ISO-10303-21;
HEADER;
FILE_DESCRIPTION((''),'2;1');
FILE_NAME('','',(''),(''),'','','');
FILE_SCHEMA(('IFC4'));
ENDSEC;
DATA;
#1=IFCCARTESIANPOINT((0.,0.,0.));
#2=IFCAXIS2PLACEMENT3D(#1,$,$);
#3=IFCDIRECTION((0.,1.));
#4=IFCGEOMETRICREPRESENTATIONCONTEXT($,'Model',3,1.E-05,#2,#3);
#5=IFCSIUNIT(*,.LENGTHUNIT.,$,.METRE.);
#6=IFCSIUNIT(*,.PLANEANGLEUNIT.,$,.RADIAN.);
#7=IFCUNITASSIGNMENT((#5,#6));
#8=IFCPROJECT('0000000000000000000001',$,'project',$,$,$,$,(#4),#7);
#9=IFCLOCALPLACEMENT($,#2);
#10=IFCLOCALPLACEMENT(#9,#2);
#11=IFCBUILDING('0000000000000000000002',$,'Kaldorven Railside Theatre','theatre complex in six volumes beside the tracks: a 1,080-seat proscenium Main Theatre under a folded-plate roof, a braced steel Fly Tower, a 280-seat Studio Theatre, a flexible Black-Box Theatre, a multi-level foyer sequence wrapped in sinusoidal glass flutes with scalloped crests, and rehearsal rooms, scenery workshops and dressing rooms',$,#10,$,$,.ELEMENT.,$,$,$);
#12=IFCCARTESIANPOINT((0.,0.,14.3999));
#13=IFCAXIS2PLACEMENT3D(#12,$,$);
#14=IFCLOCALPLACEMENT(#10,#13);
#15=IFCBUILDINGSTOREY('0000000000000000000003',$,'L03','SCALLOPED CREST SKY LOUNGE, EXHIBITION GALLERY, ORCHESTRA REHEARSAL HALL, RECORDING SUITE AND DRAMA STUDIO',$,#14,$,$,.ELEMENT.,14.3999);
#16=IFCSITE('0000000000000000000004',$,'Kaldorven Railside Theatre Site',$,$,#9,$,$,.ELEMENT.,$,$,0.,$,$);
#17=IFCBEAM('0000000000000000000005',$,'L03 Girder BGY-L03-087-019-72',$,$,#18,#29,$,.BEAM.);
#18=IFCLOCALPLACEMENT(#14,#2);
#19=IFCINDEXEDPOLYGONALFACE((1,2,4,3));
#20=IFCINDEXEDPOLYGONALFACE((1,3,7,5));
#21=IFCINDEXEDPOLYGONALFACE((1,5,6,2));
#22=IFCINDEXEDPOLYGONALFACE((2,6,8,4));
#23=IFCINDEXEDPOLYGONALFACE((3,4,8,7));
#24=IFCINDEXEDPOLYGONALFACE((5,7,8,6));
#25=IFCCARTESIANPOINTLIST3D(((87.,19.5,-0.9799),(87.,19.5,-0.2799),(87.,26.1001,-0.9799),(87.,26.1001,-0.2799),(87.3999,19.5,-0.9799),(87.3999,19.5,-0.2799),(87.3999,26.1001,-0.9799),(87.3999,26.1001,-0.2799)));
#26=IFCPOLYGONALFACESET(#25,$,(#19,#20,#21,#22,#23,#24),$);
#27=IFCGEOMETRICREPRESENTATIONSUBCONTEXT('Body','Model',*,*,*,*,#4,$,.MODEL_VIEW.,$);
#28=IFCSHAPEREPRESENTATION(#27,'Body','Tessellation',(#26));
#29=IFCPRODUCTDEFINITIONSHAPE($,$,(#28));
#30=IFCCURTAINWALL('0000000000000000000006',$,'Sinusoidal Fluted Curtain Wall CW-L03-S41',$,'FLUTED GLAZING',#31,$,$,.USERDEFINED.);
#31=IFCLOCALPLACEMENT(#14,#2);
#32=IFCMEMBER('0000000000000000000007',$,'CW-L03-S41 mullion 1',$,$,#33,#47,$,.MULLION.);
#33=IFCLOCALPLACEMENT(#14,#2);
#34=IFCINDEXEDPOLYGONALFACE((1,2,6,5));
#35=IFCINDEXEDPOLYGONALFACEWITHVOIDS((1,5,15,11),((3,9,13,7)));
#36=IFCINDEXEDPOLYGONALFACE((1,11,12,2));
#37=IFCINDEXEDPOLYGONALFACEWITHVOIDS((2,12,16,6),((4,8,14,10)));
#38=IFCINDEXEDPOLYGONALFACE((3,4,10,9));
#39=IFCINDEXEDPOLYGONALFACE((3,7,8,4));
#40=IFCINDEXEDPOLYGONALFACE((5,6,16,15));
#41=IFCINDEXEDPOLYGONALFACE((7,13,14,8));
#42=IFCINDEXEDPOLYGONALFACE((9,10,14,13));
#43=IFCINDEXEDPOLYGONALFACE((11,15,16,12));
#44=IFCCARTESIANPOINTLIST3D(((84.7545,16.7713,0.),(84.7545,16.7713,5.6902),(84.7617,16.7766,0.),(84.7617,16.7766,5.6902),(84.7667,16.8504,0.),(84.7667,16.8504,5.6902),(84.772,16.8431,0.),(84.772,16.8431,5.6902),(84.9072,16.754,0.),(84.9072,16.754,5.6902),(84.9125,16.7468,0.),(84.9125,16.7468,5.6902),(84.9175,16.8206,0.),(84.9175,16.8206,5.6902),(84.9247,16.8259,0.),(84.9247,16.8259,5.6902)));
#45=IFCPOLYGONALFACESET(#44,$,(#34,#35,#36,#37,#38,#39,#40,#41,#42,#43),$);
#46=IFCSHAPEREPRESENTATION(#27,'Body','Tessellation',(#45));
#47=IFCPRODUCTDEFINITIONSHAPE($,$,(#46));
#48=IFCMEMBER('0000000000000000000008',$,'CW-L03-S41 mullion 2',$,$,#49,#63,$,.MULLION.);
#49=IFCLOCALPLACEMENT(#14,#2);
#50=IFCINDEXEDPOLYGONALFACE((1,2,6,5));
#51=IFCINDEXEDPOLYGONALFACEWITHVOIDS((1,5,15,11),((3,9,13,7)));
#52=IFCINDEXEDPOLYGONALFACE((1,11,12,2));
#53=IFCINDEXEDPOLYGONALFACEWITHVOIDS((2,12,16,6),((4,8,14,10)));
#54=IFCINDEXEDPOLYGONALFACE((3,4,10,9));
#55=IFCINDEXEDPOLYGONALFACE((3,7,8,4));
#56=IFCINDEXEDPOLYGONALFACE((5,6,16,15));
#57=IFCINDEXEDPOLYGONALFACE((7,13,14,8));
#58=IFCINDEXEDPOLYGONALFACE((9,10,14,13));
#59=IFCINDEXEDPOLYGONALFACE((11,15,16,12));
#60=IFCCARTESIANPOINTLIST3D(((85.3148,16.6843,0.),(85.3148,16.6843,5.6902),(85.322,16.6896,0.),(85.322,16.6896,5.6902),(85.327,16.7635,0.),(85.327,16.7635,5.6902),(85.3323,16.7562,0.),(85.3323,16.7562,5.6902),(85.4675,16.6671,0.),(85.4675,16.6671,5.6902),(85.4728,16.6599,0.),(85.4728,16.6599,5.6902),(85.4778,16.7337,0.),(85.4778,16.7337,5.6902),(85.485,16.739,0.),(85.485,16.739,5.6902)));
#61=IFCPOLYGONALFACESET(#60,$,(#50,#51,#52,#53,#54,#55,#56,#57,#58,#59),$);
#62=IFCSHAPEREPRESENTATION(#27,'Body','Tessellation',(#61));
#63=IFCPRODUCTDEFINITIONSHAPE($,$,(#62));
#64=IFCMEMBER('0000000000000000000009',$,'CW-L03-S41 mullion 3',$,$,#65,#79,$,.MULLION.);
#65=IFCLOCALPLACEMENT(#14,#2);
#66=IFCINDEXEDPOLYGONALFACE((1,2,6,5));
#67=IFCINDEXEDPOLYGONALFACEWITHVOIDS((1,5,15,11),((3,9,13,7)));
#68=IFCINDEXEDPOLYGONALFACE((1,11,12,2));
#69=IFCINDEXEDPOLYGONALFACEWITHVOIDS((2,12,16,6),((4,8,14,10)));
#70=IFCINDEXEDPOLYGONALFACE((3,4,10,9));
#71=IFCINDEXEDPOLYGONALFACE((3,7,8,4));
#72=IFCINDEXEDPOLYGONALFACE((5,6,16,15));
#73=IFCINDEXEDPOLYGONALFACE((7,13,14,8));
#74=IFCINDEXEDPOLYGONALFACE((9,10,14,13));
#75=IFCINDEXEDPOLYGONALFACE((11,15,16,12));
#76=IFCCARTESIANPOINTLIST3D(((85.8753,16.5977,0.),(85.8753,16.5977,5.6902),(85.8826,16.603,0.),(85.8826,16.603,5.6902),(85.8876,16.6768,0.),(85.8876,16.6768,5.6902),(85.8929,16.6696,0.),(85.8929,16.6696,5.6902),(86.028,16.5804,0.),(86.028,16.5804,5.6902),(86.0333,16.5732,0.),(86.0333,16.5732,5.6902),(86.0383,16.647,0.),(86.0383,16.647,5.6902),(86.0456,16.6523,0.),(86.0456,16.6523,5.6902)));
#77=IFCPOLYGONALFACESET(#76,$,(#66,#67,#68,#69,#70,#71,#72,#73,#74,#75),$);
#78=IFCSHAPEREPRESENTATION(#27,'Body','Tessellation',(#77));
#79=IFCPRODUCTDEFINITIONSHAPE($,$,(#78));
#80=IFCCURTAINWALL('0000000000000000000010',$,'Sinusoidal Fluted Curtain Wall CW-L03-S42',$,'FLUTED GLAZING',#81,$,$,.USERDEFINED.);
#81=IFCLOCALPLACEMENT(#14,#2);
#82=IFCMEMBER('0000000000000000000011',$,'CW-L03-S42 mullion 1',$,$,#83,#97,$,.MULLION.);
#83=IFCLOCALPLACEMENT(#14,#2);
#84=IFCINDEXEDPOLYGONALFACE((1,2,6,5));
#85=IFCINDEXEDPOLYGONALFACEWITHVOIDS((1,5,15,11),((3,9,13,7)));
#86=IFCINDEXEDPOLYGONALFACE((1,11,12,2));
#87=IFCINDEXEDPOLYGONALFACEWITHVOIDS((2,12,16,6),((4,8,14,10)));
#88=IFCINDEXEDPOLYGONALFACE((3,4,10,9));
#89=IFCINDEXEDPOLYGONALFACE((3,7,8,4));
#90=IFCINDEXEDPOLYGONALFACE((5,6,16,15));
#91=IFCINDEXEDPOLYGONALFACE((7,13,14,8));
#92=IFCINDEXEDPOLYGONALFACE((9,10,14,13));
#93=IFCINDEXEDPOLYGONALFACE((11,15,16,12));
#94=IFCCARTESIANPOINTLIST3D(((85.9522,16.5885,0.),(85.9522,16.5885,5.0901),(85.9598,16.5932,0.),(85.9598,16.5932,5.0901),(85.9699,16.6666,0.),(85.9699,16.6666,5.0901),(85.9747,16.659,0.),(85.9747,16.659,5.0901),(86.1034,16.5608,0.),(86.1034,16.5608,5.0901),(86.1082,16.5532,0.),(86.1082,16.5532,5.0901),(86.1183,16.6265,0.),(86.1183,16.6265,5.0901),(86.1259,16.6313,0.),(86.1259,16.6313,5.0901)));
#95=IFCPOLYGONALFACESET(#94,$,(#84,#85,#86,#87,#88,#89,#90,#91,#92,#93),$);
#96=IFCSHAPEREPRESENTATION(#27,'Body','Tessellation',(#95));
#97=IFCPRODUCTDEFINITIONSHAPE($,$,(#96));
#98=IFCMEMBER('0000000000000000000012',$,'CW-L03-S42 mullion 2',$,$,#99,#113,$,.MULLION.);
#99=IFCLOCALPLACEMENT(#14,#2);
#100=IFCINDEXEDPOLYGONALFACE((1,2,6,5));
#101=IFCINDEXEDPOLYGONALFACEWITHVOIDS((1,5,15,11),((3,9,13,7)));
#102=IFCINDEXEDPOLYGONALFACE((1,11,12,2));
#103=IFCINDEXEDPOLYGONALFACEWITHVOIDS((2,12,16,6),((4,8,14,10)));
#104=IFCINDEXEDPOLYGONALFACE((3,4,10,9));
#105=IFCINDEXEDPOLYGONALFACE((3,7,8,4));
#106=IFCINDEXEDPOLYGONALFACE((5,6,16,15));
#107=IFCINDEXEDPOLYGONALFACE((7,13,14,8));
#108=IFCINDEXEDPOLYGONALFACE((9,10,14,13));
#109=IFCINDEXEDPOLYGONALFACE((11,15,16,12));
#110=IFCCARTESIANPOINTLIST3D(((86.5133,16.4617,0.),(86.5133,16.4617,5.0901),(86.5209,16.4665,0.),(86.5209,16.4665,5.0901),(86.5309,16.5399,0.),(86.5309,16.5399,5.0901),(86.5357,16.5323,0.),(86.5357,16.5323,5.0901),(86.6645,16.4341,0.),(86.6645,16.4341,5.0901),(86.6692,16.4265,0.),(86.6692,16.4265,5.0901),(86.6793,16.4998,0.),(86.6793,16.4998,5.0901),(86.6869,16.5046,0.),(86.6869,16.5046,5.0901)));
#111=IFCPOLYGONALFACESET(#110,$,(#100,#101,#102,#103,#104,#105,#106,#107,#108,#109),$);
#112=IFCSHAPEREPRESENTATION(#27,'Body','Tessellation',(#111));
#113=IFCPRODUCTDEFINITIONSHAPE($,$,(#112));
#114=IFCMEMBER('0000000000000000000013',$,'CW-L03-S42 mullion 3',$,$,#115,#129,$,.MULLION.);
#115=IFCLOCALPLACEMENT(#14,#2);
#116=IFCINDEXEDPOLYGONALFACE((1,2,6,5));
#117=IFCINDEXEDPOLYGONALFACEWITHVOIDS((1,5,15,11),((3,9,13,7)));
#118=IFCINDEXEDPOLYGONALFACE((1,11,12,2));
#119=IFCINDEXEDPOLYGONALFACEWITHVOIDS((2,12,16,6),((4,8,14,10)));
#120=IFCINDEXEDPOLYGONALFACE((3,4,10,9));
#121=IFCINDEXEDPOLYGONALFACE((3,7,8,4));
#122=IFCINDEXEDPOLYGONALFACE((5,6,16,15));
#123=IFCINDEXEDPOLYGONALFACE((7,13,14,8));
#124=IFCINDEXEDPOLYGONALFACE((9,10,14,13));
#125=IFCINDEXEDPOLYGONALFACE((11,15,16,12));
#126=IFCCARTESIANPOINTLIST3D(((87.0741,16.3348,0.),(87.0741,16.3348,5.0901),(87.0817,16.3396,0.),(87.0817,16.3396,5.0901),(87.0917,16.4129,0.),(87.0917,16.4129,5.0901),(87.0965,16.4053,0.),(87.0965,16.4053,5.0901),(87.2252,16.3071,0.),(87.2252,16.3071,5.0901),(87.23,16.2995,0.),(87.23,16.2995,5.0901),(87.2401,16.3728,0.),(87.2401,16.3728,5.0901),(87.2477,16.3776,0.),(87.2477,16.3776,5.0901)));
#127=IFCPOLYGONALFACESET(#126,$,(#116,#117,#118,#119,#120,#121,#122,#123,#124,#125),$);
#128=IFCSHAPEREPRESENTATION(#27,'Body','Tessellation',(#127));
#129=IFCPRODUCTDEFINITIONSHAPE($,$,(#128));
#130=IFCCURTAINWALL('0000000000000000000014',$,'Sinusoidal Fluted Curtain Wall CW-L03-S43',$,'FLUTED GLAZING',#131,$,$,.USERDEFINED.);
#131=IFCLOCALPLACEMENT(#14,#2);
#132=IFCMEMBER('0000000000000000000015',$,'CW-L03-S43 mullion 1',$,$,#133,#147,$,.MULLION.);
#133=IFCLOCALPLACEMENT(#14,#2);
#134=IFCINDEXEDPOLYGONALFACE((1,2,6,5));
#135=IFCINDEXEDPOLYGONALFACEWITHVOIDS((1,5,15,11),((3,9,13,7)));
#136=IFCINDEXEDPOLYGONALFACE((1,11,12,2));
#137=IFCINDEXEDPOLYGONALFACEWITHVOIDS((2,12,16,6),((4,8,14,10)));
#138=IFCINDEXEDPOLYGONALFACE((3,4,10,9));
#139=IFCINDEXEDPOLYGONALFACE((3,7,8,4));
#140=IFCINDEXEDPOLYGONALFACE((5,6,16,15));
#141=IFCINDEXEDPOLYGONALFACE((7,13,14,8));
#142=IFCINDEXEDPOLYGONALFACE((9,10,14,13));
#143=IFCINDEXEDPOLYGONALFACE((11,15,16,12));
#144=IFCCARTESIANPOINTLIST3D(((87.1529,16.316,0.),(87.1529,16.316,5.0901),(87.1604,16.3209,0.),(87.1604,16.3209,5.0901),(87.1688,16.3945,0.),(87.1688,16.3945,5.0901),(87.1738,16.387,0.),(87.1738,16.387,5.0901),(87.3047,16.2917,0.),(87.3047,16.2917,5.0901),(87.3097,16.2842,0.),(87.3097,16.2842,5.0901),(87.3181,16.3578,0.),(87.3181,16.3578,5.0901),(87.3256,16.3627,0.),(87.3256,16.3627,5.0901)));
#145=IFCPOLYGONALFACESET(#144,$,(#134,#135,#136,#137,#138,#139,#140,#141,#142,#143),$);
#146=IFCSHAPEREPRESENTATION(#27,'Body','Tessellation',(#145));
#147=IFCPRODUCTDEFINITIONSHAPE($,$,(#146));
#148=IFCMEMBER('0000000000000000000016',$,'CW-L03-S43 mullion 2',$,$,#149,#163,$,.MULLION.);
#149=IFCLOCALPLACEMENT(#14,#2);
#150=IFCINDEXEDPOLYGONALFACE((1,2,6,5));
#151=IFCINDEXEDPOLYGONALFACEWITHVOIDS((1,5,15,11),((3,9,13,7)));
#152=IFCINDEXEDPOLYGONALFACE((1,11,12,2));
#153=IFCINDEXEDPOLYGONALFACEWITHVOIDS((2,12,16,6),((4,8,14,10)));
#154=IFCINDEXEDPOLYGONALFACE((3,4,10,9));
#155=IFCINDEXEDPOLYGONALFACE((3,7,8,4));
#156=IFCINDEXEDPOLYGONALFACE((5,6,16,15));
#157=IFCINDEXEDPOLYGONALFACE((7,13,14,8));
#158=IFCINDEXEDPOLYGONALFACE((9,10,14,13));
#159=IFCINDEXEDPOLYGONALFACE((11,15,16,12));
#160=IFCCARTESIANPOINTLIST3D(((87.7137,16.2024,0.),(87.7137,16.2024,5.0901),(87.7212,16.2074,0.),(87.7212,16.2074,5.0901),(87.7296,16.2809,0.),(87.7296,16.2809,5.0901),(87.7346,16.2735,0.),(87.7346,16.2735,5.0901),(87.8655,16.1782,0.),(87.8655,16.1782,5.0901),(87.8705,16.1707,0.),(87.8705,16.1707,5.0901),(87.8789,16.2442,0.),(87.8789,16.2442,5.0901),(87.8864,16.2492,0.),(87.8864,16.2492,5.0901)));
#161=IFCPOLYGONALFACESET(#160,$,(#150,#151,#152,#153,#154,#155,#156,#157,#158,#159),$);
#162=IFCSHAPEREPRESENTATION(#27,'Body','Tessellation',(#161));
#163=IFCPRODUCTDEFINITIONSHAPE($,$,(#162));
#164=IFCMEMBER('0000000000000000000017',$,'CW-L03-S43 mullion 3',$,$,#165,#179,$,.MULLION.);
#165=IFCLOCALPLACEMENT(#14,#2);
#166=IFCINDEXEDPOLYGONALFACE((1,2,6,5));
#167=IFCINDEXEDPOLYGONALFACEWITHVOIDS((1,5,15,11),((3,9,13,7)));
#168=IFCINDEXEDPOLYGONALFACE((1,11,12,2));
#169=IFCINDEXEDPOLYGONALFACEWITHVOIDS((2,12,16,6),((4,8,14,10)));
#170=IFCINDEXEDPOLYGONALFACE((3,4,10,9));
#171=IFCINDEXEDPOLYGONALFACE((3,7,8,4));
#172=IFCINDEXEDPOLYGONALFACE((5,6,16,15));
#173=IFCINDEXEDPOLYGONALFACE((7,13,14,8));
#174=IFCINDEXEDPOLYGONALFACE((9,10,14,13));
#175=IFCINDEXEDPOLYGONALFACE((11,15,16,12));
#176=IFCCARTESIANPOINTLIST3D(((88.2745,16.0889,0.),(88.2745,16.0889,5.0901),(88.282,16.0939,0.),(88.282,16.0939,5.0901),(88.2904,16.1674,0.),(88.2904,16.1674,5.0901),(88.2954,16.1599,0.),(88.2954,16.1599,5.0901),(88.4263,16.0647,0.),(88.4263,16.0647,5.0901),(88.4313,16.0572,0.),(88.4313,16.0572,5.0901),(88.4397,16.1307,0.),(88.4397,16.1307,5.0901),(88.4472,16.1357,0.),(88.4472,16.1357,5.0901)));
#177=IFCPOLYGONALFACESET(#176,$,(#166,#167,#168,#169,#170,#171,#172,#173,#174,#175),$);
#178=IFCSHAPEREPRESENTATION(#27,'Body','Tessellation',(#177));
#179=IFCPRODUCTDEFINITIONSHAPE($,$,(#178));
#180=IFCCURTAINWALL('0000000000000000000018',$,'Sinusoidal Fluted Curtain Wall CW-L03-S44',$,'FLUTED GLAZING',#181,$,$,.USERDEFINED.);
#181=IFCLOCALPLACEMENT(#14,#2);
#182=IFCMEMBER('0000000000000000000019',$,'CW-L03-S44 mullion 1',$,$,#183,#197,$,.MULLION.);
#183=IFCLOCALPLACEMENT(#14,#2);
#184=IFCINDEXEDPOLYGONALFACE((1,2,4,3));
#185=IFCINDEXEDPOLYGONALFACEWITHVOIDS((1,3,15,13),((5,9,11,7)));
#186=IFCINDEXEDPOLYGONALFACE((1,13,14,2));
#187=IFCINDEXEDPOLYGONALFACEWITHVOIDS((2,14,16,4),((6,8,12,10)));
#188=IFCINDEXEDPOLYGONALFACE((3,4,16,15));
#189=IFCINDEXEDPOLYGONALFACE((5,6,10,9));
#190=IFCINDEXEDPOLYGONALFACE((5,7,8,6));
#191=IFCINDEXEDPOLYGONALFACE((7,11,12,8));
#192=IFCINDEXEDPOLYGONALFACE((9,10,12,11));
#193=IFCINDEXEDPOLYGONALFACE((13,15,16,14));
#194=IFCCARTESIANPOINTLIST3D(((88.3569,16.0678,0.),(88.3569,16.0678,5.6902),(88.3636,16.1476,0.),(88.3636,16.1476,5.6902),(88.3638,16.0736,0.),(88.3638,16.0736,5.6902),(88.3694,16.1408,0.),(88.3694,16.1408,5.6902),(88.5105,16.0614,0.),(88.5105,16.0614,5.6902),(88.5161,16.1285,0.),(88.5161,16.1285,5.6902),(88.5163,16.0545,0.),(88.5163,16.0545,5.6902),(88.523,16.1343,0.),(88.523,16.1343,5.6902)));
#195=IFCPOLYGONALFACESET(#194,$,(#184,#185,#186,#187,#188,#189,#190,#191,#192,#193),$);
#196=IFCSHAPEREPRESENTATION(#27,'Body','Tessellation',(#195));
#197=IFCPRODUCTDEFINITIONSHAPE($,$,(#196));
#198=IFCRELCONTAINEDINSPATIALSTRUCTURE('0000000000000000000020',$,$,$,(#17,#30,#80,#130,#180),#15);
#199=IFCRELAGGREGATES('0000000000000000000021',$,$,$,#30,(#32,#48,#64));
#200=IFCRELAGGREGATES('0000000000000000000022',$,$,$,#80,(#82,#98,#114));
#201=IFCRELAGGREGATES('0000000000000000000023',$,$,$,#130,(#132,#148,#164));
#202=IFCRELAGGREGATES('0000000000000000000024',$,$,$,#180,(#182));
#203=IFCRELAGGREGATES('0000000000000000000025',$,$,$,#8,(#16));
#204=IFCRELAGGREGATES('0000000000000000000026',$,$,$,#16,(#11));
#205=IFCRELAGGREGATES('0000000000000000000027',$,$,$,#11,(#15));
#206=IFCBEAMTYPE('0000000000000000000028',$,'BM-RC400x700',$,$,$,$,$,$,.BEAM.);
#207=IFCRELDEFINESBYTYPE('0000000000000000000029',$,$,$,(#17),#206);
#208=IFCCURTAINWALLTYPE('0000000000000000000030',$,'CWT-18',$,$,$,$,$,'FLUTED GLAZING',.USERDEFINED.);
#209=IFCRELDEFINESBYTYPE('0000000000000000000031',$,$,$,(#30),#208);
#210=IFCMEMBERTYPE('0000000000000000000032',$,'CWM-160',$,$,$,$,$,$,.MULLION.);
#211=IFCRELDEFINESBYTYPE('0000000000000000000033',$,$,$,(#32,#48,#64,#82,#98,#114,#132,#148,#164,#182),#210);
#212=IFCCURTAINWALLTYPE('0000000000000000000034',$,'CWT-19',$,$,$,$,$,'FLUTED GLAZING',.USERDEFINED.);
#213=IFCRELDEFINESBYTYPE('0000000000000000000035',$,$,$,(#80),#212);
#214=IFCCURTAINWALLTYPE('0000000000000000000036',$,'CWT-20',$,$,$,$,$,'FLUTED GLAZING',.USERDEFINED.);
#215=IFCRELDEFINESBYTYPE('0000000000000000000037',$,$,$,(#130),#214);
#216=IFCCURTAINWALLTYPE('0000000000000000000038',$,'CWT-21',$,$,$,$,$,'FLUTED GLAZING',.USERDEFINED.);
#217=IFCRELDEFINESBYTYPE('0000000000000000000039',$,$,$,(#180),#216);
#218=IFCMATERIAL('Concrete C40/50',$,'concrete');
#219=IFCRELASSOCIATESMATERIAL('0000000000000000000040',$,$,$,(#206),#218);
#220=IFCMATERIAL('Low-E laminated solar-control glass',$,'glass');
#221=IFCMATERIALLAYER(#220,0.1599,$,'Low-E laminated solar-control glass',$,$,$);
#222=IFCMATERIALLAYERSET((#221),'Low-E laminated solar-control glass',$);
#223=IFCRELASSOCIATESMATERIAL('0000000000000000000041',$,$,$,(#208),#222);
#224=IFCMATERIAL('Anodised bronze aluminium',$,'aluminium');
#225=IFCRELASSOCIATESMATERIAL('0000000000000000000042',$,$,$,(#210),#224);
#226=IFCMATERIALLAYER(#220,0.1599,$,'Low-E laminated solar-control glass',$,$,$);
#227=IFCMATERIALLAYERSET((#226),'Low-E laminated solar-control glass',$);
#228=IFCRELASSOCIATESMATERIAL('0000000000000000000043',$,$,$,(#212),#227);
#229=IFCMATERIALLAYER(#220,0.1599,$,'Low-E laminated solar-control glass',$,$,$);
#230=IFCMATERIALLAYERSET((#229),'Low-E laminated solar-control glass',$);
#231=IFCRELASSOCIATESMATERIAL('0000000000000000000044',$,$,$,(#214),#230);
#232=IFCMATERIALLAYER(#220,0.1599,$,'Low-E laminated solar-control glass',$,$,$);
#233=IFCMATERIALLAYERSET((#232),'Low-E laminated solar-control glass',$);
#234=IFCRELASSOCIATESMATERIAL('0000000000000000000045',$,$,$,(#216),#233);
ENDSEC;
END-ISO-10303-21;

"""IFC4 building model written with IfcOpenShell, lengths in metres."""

from ifc_helpers import new_model, si_unit, direction, frame, origin, origin_2d, place, context, subcontext, project, spatial, rectangle, hollow_rectangle, extrude, material, layer, layer_set, material_profile, profile_set, type_object, element, aggregate, save


model = new_model("IFC4")

# Units and contexts
model_context = context("Model", 3, precision=1e-05, world=origin(), true_north=direction((0.0, 1.0)))
body_context = subcontext(model_context, "Body", "Model", "MODEL_VIEW")
ifc_project = project(units=[si_unit("LENGTHUNIT", "METRE"), si_unit("PLANEANGLEUNIT", "RADIAN")], contexts=[model_context])

# Site, building, storey
site_placement = place(None, origin())
site = spatial("IfcSite", under=ifc_project, at=site_placement, Name="Kaldorven Railside Theatre Site", CompositionType="ELEMENT", RefElevation=0.0)
building_placement = place(site_placement, origin())
building = spatial("IfcBuilding", under=site, at=building_placement, Name="Kaldorven Railside Theatre", Description="theatre complex in six volumes beside the tracks: a 1,080-seat proscenium Main Theatre under a folded-plate roof, a braced steel Fly Tower, a 280-seat Studio Theatre, a flexible Black-Box Theatre, a multi-level foyer sequence wrapped in sinusoidal glass flutes with scalloped crests, and rehearsal rooms, scenery workshops and dressing rooms", CompositionType="ELEMENT")
storey_placement = place(building_placement, frame((0.0, 0.0, 14.3999)))
storey = spatial("IfcBuildingStorey", under=building, at=storey_placement, Name="L03", Description="SCALLOPED CREST SKY LOUNGE, EXHIBITION GALLERY, ORCHESTRA REHEARSAL HALL, RECORDING SUITE AND DRAMA STUDIO", CompositionType="ELEMENT", Elevation=14.3999)

# Shared definitions
ifc_material_1 = material(Name="Concrete C40/50", Category="concrete")

# Beam
ifc_material_profile_1 = material_profile(ifc_material_1, rectangle(XDim=0.3999, YDim=0.7, at=origin_2d()), Name="RC 400x700")
ifc_profile_set_1 = profile_set([ifc_material_profile_1], Name="Concrete C40/50")
beam_type_1 = type_object("IfcBeamType", Name="BM-RC400x700", PredefinedType="BEAM", material=ifc_profile_set_1)
beam_1_placement = place(storey_placement, frame((87.2, 19.5, -0.6299), z_axis=(0.0, 1.0, 0.0), x_axis=(-1.0, 0.0, 0.0)))
element("IfcBeam", 1, at=beam_1_placement, inside=storey, type_object=beam_type_1, Name="L03 Girder BGY-L03-087-019-72", PredefinedType="BEAM", context=body_context, shape_type="SweptSolid", body=[
    extrude(rectangle(XDim=0.3999, YDim=0.7, at=origin_2d()), origin(), (0.0, 0.0, 1.0), 6.6001),
])

# Curtain walls, members
ifc_material_2 = material(Name="Low-E laminated solar-control glass", Category="glass")
ifc_layer_1 = layer(ifc_material_2, 0.1599, Name="Low-E laminated solar-control glass")
ifc_layer_set_1 = layer_set([ifc_layer_1], Name="Low-E laminated solar-control glass")
curtain_wall_type_1 = type_object("IfcCurtainWallType", Name="CWT-18", ElementType="FLUTED GLAZING", PredefinedType="USERDEFINED", material=ifc_layer_set_1)
curtain_wall_1_placement = place(storey_placement, origin())
curtain_wall_1 = element("IfcCurtainWall", 2, at=curtain_wall_1_placement, inside=storey, type_object=curtain_wall_type_1, Name="Sinusoidal Fluted Curtain Wall CW-L03-S41", ObjectType="FLUTED GLAZING", PredefinedType="USERDEFINED")
ifc_material_3 = material(Name="Anodised bronze aluminium", Category="aluminium")
ifc_material_profile_2 = material_profile(ifc_material_3, hollow_rectangle(XDim=0.0801, YDim=0.1599, WallThickness=0.0063, at=origin_2d()), Name="RHS 160x80x6.3")
ifc_profile_set_2 = profile_set([ifc_material_profile_2], Name="Anodised bronze aluminium")
member_type_1 = type_object("IfcMemberType", Name="CWM-160", PredefinedType="MULLION", material=ifc_profile_set_2)
member_1_placement = place(storey_placement, frame((84.8396, 16.7986, 0.0), z_axis=(0.0, 0.0, 1.0), x_axis=(0.15301, 0.988225, 0.0)))
member_1 = element("IfcMember", 3, at=member_1_placement, type_object=member_type_1, Name="CW-L03-S41 mullion 1", PredefinedType="MULLION", context=body_context, shape_type="SweptSolid", body=[
    extrude(hollow_rectangle(XDim=0.0801, YDim=0.1599, WallThickness=0.0063, at=origin_2d()), origin(), (0.0, 0.0, 1.0), 5.6902),
])
member_2_placement = place(storey_placement, frame((85.3999, 16.7117, 0.0), z_axis=(0.0, 0.0, 1.0), x_axis=(0.15301, 0.988225, 0.0)))
member_2 = element("IfcMember", 4, at=member_2_placement, type_object=member_type_1, Name="CW-L03-S41 mullion 2", PredefinedType="MULLION", context=body_context, shape_type="SweptSolid", body=[
    extrude(hollow_rectangle(XDim=0.0801, YDim=0.1599, WallThickness=0.0063, at=origin_2d()), origin(), (0.0, 0.0, 1.0), 5.6902),
])
member_3_placement = place(storey_placement, frame((85.9604, 16.625, 0.0), z_axis=(0.0, 0.0, 1.0), x_axis=(0.15301, 0.988225, 0.0)))
member_3 = element("IfcMember", 5, at=member_3_placement, type_object=member_type_1, Name="CW-L03-S41 mullion 3", PredefinedType="MULLION", context=body_context, shape_type="SweptSolid", body=[
    extrude(hollow_rectangle(XDim=0.0801, YDim=0.1599, WallThickness=0.0063, at=origin_2d()), origin(), (0.0, 0.0, 1.0), 5.6902),
])
ifc_layer_2 = layer(ifc_material_2, 0.1599, Name="Low-E laminated solar-control glass")
ifc_layer_set_2 = layer_set([ifc_layer_2], Name="Low-E laminated solar-control glass")
curtain_wall_type_2 = type_object("IfcCurtainWallType", Name="CWT-19", ElementType="FLUTED GLAZING", PredefinedType="USERDEFINED", material=ifc_layer_set_2)
curtain_wall_2_placement = place(storey_placement, origin())
curtain_wall_2 = element("IfcCurtainWall", 6, at=curtain_wall_2_placement, inside=storey, type_object=curtain_wall_type_2, Name="Sinusoidal Fluted Curtain Wall CW-L03-S42", ObjectType="FLUTED GLAZING", PredefinedType="USERDEFINED")
member_4_placement = place(storey_placement, frame((86.0391, 16.6099, 0.0), z_axis=(0.0, 0.0, 1.0), x_axis=(0.220672, 0.975348, 0.0)))
member_4 = element("IfcMember", 7, at=member_4_placement, type_object=member_type_1, Name="CW-L03-S42 mullion 1", PredefinedType="MULLION", context=body_context, shape_type="SweptSolid", body=[
    extrude(hollow_rectangle(XDim=0.0801, YDim=0.1599, WallThickness=0.0063, at=origin_2d()), origin(), (0.0, 0.0, 1.0), 5.0901),
])
member_5_placement = place(storey_placement, frame((86.6001, 16.4832, 0.0), z_axis=(0.0, 0.0, 1.0), x_axis=(0.220672, 0.975348, 0.0)))
member_5 = element("IfcMember", 8, at=member_5_placement, type_object=member_type_1, Name="CW-L03-S42 mullion 2", PredefinedType="MULLION", context=body_context, shape_type="SweptSolid", body=[
    extrude(hollow_rectangle(XDim=0.0801, YDim=0.1599, WallThickness=0.0063, at=origin_2d()), origin(), (0.0, 0.0, 1.0), 5.0901),
])
member_6_placement = place(storey_placement, frame((87.1609, 16.3562, 0.0), z_axis=(0.0, 0.0, 1.0), x_axis=(0.220672, 0.975348, 0.0)))
member_6 = element("IfcMember", 9, at=member_6_placement, type_object=member_type_1, Name="CW-L03-S42 mullion 3", PredefinedType="MULLION", context=body_context, shape_type="SweptSolid", body=[
    extrude(hollow_rectangle(XDim=0.0801, YDim=0.1599, WallThickness=0.0063, at=origin_2d()), origin(), (0.0, 0.0, 1.0), 5.0901),
])
ifc_layer_3 = layer(ifc_material_2, 0.1599, Name="Low-E laminated solar-control glass")
ifc_layer_set_3 = layer_set([ifc_layer_3], Name="Low-E laminated solar-control glass")
curtain_wall_type_3 = type_object("IfcCurtainWallType", Name="CWT-20", ElementType="FLUTED GLAZING", PredefinedType="USERDEFINED", material=ifc_layer_set_3)
curtain_wall_3_placement = place(storey_placement, origin())
curtain_wall_3 = element("IfcCurtainWall", 10, at=curtain_wall_3_placement, inside=storey, type_object=curtain_wall_type_3, Name="Sinusoidal Fluted Curtain Wall CW-L03-S43", ObjectType="FLUTED GLAZING", PredefinedType="USERDEFINED")
member_7_placement = place(storey_placement, frame((87.2393, 16.3394, 0.0), z_axis=(0.0, 0.0, 1.0), x_axis=(0.198393, 0.980123, 0.0)))
member_7 = element("IfcMember", 11, at=member_7_placement, type_object=member_type_1, Name="CW-L03-S43 mullion 1", PredefinedType="MULLION", context=body_context, shape_type="SweptSolid", body=[
    extrude(hollow_rectangle(XDim=0.0801, YDim=0.1599, WallThickness=0.0063, at=origin_2d()), origin(), (0.0, 0.0, 1.0), 5.0901),
])
member_8_placement = place(storey_placement, frame((87.8, 16.2258, 0.0), z_axis=(0.0, 0.0, 1.0), x_axis=(0.198393, 0.980123, 0.0)))
member_8 = element("IfcMember", 12, at=member_8_placement, type_object=member_type_1, Name="CW-L03-S43 mullion 2", PredefinedType="MULLION", context=body_context, shape_type="SweptSolid", body=[
    extrude(hollow_rectangle(XDim=0.0801, YDim=0.1599, WallThickness=0.0063, at=origin_2d()), origin(), (0.0, 0.0, 1.0), 5.0901),
])
member_9_placement = place(storey_placement, frame((88.3608, 16.1123, 0.0), z_axis=(0.0, 0.0, 1.0), x_axis=(0.198393, 0.980123, 0.0)))
member_9 = element("IfcMember", 13, at=member_9_placement, type_object=member_type_1, Name="CW-L03-S43 mullion 3", PredefinedType="MULLION", context=body_context, shape_type="SweptSolid", body=[
    extrude(hollow_rectangle(XDim=0.0801, YDim=0.1599, WallThickness=0.0063, at=origin_2d()), origin(), (0.0, 0.0, 1.0), 5.0901),
])
ifc_layer_4 = layer(ifc_material_2, 0.1599, Name="Low-E laminated solar-control glass")
ifc_layer_set_4 = layer_set([ifc_layer_4], Name="Low-E laminated solar-control glass")
curtain_wall_type_4 = type_object("IfcCurtainWallType", Name="CWT-21", ElementType="FLUTED GLAZING", PredefinedType="USERDEFINED", material=ifc_layer_set_4)
curtain_wall_4_placement = place(storey_placement, origin())
curtain_wall_4 = element("IfcCurtainWall", 14, at=curtain_wall_4_placement, inside=storey, type_object=curtain_wall_type_4, Name="Sinusoidal Fluted Curtain Wall CW-L03-S44", ObjectType="FLUTED GLAZING", PredefinedType="USERDEFINED")
member_10_placement = place(storey_placement, frame((88.4399, 16.1011, 0.0), z_axis=(0.0, 0.0, 1.0), x_axis=(0.08321, 0.996532, 0.0)))
member_10 = element("IfcMember", 15, at=member_10_placement, type_object=member_type_1, Name="CW-L03-S44 mullion 1", PredefinedType="MULLION", context=body_context, shape_type="SweptSolid", body=[
    extrude(hollow_rectangle(XDim=0.0801, YDim=0.1599, WallThickness=0.0063, at=origin_2d()), origin(), (0.0, 0.0, 1.0), 5.6902),
])

aggregate(curtain_wall_1, [member_1, member_2, member_3])
aggregate(curtain_wall_2, [member_4, member_5, member_6])
aggregate(curtain_wall_3, [member_7, member_8, member_9])
aggregate(curtain_wall_4, [member_10])

save(model, "model.ifc")
